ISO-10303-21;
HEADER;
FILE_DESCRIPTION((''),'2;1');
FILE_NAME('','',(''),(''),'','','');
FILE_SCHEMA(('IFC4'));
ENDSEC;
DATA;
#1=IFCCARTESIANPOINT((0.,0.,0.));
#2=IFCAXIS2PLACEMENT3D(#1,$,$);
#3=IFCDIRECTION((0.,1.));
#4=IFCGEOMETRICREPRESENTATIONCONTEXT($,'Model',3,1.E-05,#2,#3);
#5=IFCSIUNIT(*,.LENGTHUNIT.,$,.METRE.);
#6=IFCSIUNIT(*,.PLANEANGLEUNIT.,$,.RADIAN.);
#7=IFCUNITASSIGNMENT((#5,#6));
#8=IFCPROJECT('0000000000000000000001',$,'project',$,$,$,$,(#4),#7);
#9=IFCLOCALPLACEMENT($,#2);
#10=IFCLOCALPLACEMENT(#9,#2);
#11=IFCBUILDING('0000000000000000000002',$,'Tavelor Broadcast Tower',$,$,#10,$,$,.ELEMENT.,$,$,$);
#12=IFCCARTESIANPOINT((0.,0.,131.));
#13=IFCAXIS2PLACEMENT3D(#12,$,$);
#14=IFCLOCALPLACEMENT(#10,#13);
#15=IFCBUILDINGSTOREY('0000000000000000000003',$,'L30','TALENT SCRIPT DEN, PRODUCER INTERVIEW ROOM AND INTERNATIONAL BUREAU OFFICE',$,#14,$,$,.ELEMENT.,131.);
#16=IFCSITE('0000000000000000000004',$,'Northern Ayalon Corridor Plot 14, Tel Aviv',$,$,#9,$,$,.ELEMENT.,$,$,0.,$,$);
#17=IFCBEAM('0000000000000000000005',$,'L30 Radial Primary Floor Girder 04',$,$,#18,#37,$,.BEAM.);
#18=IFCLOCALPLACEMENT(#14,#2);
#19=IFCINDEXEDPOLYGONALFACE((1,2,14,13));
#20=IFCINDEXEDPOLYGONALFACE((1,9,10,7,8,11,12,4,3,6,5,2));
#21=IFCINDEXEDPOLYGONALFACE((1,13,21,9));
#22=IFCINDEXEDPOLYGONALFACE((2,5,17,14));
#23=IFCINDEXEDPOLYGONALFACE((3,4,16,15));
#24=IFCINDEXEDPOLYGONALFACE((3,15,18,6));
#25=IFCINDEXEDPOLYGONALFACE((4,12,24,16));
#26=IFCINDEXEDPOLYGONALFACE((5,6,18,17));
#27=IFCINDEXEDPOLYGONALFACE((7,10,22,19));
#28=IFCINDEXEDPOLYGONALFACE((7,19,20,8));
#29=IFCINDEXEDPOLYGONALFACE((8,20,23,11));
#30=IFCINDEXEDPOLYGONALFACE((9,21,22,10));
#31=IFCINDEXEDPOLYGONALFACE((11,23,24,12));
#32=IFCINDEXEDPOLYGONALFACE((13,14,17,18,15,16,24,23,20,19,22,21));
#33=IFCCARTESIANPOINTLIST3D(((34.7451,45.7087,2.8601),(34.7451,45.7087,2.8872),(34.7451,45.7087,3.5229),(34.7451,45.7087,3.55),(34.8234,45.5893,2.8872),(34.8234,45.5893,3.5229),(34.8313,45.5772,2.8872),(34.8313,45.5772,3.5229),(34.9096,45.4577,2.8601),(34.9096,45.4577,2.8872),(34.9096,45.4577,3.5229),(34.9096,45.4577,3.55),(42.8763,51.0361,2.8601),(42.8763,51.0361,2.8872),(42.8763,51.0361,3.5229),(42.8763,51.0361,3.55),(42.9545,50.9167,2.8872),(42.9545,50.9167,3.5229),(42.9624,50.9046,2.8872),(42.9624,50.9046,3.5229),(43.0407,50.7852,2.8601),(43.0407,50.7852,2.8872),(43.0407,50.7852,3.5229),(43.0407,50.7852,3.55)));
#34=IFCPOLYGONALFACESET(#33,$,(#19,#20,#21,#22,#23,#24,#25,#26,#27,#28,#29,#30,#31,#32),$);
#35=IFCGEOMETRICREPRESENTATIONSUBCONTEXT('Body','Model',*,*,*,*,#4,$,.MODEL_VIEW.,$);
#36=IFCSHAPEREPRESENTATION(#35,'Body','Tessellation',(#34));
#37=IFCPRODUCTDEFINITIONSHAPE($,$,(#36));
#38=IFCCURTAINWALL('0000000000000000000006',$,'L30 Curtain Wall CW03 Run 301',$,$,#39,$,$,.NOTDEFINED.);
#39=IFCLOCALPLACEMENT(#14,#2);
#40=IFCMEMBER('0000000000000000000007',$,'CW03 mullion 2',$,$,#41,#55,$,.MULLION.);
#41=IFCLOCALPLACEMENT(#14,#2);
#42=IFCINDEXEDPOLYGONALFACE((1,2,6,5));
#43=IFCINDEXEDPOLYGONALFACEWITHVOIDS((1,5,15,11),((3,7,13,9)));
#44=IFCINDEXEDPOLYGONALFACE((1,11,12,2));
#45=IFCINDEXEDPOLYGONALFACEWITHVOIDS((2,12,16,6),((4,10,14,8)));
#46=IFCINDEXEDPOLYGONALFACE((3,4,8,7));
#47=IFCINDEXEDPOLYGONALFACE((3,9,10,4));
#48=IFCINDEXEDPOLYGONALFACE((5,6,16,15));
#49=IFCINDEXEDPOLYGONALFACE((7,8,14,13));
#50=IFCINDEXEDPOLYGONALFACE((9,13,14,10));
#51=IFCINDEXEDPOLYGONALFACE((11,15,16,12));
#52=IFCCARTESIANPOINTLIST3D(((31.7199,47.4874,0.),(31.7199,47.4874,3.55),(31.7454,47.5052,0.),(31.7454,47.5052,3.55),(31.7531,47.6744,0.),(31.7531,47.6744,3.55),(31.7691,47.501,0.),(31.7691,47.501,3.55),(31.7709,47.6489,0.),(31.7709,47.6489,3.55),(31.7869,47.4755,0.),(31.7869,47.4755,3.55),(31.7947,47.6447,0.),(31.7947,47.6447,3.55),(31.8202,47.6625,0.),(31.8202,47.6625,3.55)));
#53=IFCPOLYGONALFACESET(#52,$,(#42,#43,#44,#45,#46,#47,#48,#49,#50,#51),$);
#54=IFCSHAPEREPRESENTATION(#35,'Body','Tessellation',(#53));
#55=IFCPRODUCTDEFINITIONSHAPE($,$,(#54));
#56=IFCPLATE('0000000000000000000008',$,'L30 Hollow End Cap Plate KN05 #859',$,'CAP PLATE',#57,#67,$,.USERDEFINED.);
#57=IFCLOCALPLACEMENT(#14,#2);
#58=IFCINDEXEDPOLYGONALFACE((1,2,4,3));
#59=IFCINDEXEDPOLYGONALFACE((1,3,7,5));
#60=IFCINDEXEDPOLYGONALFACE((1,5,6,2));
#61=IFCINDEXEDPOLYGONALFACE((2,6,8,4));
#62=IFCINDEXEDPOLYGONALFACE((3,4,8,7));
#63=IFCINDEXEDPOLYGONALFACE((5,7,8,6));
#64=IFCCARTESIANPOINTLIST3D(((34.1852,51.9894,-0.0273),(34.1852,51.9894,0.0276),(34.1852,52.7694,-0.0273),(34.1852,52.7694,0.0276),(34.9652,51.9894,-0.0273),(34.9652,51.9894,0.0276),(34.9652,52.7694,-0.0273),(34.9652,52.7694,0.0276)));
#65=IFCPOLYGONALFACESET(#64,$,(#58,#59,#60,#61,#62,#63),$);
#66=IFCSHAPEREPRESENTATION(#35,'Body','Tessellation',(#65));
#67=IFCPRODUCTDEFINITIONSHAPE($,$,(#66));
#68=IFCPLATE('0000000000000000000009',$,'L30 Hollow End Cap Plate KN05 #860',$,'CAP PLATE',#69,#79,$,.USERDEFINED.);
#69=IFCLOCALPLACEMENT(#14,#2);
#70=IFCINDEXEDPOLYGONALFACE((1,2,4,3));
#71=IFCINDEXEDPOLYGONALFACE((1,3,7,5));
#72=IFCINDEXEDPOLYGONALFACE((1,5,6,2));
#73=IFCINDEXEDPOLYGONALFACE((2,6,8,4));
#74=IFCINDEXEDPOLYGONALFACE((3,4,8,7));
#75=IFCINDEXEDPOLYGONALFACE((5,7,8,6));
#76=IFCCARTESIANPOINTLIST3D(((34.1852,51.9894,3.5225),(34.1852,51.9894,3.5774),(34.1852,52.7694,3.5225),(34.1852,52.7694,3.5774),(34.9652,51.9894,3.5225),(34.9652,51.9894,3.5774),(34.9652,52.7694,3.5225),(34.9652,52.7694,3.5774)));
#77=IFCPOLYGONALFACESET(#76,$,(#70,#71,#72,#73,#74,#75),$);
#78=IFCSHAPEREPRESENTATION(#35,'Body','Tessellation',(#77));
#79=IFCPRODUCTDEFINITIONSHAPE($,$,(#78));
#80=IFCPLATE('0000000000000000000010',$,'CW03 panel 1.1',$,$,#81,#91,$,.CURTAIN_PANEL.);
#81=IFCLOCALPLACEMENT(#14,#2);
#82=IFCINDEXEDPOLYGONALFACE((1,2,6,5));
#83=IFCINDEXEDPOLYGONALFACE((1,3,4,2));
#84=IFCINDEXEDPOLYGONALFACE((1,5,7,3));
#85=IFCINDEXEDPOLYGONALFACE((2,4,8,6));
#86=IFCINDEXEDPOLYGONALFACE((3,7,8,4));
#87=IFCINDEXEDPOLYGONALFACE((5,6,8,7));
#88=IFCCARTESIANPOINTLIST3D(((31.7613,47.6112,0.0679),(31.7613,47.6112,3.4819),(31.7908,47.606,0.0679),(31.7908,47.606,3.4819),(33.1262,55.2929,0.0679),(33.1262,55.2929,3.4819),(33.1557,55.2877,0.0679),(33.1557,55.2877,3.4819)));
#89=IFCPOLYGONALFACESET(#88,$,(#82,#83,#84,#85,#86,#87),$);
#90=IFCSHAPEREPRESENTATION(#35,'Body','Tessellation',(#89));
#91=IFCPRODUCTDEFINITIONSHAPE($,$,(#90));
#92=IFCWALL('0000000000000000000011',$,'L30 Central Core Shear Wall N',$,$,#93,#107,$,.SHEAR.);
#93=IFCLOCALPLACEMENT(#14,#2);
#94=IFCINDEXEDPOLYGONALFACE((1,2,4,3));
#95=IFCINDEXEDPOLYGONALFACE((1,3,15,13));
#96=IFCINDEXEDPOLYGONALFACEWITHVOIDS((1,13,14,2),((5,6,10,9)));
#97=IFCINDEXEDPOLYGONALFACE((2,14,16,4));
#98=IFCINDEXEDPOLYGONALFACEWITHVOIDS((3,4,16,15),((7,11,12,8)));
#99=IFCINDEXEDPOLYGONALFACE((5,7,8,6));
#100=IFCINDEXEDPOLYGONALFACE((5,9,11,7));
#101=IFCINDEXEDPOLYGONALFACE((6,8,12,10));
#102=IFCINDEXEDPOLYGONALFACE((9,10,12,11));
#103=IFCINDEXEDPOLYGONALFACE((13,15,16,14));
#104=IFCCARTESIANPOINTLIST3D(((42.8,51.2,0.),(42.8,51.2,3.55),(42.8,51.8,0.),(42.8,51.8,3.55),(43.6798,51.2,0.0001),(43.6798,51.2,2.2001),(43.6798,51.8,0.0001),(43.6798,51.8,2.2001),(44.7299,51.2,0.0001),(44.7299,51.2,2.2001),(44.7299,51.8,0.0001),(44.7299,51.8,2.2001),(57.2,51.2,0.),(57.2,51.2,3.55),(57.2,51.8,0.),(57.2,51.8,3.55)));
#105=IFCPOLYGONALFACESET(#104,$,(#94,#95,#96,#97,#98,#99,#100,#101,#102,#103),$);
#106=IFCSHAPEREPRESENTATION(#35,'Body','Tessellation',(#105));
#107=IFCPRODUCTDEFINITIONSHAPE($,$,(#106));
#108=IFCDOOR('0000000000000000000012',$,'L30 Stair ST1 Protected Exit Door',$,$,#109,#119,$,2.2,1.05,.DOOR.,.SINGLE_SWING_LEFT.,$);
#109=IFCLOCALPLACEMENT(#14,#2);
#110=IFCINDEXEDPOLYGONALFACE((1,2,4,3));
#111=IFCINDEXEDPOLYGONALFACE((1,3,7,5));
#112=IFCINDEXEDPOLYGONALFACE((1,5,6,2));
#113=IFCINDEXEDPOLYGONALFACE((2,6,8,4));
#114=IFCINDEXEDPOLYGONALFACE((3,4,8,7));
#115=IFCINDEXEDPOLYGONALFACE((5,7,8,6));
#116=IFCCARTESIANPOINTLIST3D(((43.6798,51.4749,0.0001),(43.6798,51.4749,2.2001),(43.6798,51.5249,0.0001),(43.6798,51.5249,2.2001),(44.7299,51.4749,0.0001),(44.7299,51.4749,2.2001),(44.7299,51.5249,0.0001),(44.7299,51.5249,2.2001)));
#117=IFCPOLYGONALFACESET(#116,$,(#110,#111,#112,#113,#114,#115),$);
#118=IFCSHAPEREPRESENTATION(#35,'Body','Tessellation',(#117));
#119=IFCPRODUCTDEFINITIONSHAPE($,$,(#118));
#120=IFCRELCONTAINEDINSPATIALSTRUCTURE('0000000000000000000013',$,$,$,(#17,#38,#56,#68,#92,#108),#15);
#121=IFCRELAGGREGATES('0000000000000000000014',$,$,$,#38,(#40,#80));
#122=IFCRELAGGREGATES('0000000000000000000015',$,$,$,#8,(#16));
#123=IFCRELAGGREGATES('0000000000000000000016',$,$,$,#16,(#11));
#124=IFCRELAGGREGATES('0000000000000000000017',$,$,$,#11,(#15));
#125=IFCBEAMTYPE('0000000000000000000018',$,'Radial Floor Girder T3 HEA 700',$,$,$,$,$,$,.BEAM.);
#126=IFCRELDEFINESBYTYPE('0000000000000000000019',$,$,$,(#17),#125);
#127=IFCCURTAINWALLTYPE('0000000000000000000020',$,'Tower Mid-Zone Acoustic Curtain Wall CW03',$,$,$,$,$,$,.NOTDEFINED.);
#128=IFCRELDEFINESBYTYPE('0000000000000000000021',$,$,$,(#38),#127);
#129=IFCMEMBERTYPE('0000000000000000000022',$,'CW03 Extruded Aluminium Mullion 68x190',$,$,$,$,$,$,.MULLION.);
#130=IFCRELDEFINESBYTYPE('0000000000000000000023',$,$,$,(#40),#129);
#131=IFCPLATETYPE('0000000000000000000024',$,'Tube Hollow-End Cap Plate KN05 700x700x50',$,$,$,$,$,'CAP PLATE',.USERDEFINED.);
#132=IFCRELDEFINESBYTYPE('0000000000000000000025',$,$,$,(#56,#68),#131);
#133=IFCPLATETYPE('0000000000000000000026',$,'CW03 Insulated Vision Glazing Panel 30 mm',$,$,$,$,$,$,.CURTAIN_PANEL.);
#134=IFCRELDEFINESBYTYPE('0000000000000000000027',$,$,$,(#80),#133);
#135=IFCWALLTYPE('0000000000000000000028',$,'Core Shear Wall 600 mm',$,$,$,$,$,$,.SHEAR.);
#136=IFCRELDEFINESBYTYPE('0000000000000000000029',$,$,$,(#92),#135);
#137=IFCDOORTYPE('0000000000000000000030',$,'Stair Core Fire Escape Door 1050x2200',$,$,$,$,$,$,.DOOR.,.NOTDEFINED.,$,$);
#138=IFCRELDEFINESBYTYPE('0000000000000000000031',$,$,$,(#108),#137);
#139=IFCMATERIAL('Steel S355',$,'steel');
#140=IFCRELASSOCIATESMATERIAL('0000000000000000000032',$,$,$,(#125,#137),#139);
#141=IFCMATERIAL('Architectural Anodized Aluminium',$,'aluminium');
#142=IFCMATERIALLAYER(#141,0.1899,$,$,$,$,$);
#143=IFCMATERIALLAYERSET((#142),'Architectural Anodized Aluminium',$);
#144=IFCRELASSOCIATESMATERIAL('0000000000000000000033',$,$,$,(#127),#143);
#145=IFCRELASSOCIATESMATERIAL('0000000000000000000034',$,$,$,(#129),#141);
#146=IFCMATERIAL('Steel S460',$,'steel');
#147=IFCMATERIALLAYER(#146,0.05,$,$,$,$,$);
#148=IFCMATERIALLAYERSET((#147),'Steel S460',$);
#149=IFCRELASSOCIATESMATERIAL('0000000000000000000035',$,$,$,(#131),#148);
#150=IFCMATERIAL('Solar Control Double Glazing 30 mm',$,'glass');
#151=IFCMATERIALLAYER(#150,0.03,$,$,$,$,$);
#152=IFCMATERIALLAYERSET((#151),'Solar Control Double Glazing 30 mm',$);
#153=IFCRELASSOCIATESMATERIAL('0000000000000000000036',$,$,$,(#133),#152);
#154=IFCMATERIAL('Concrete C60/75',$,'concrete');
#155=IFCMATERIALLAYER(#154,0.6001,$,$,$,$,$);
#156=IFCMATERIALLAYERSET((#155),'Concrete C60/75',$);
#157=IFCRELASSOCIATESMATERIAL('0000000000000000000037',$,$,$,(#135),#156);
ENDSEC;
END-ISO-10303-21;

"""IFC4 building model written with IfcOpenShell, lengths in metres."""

from ifc_helpers import new_model, si_unit, direction, frame, frame_2d, origin, origin_2d, place, context, subcontext, project, spatial, rectangle, hollow_rectangle, i_section, extrude, source, transform, mapped, material, layer, layer_set, material_profile, profile_set, type_object, type_shapes, element, fill, aggregate, save


model = new_model("IFC4")

# Units and contexts
model_context = context("Model", 3, precision=1e-05, world=origin(), true_north=direction((0.0, 1.0)))
body_context = subcontext(model_context, "Body", "Model", "MODEL_VIEW")
ifc_project = project(units=[si_unit("LENGTHUNIT", "METRE"), si_unit("PLANEANGLEUNIT", "RADIAN")], contexts=[model_context])

# Site, building, storey
site_placement = place(None, origin())
site = spatial("IfcSite", under=ifc_project, at=site_placement, Name="Northern Ayalon Corridor Plot 14, Tel Aviv", CompositionType="ELEMENT", RefElevation=0.0)
building_placement = place(site_placement, origin())
building = spatial("IfcBuilding", under=site, at=building_placement, Name="Tavelor Broadcast Tower", CompositionType="ELEMENT")
storey_placement = place(building_placement, frame((0.0, 0.0, 131.0)))
storey = spatial("IfcBuildingStorey", under=building, at=storey_placement, Name="L30", Description="TALENT SCRIPT DEN, PRODUCER INTERVIEW ROOM AND INTERNATIONAL BUREAU OFFICE", CompositionType="ELEMENT", Elevation=131.0)

# Shared definitions
ifc_material_1 = material(Name="Concrete C60/75", Category="concrete")
ifc_material_2 = material(Name="Steel S460", Category="steel")

# Beam
ifc_material_3 = material(Name="Steel S355", Category="steel")
ifc_material_profile_1 = material_profile(ifc_material_3, i_section(OverallWidth=0.3, OverallDepth=0.6899, WebThickness=0.0144, FlangeThickness=0.0271, at=origin_2d()), Name="HEA 700")
ifc_profile_set_1 = profile_set([ifc_material_profile_1], Name="Steel S355")
beam_type_1 = type_object("IfcBeamType", Name="Radial Floor Girder T3 HEA 700", PredefinedType="BEAM", material=ifc_profile_set_1)
beam_1_placement = place(storey_placement, frame((42.9585, 50.9106, 3.2051), z_axis=(-0.836456, -0.548035, 0.0), x_axis=(0.548035, -0.836456, 0.0)))
element("IfcBeam", 1, at=beam_1_placement, inside=storey, type_object=beam_type_1, Name="L30 Radial Primary Floor Girder 04", PredefinedType="BEAM", context=body_context, shape_type="SweptSolid", body=[
    extrude(i_section(OverallWidth=0.3, OverallDepth=0.6899, WebThickness=0.0144, FlangeThickness=0.0271, at=origin_2d()), origin(), (0.0, 0.0, 1.0), 9.7209),
])

# Curtain wall, member
ifc_material_4 = material(Name="Architectural Anodized Aluminium", Category="aluminium")
ifc_layer_1 = layer(ifc_material_4, 0.1899)
ifc_layer_set_1 = layer_set([ifc_layer_1], Name="Architectural Anodized Aluminium")
curtain_wall_type = type_object("IfcCurtainWallType", Name="Tower Mid-Zone Acoustic Curtain Wall CW03", PredefinedType="NOTDEFINED", material=ifc_layer_set_1)
curtain_wall_placement = place(storey_placement, origin())
curtain_wall = element("IfcCurtainWall", 2, at=curtain_wall_placement, inside=storey, type_object=curtain_wall_type, Name="L30 Curtain Wall CW03 Run 301", PredefinedType="NOTDEFINED")
ifc_material_profile_2 = material_profile(ifc_material_4, hollow_rectangle(XDim=0.0681, YDim=0.1899, WallThickness=0.022, at=origin_2d()), Name="RHS 68x190x22")
ifc_profile_set_2 = profile_set([ifc_material_profile_2], Name="Architectural Anodized Aluminium")
member_type = type_object("IfcMemberType", Name="CW03 Extruded Aluminium Mullion 68x190", PredefinedType="MULLION", material=ifc_profile_set_2)
shared_shape_1 = source(origin(), body_context, "Body", "SweptSolid", [
    extrude(hollow_rectangle(XDim=0.0681, YDim=0.1899, WallThickness=0.022, at=origin_2d()), origin(), (0.0, 0.0, 1.0), 3.55),
])
type_shapes(member_type, [shared_shape_1])
member_placement = place(storey_placement, frame((31.77, 47.575, 0.0), z_axis=(0.0, 0.0, 1.0), x_axis=(0.984579, -0.174941, 0.0)))
member = element("IfcMember", 3, at=member_placement, type_object=member_type, Name="CW03 mullion 2", PredefinedType="MULLION", context=body_context, shape_type="MappedRepresentation", body=[
    mapped(shared_shape_1, transform((0.0, 0.0, 0.0), scale=1.0)),
])

# Plates
ifc_layer_2 = layer(ifc_material_2, 0.05)
ifc_layer_set_2 = layer_set([ifc_layer_2], Name="Steel S460")
plate_type_1 = type_object("IfcPlateType", Name="Tube Hollow-End Cap Plate KN05 700x700x50", ElementType="CAP PLATE", PredefinedType="USERDEFINED", material=ifc_layer_set_2)
shared_shape_2 = source(origin(), body_context, "Body", "SweptSolid", [
    extrude(rectangle(XDim=0.78, YDim=0.78, at=origin_2d()), origin(), (0.0, 0.0, 1.0), 0.0549),
])
type_shapes(plate_type_1, [shared_shape_2])
for number, where, z_axis, x_axis, name in (
    (4, (34.5752, 52.3794, -0.0273), (0.0, 0.0, 1.0), (1.0, 0.0, 0.0), "L30 Hollow End Cap Plate KN05 #859"),
    (5, (34.5752, 52.3794, 3.5225), (0.0, 0.0, 1.0), (1.0, 0.0, 0.0), "L30 Hollow End Cap Plate KN05 #860"),
):
    element("IfcPlate", number, at=place(storey_placement, frame(where, z_axis=z_axis, x_axis=x_axis)), inside=storey, type_object=plate_type_1, Name=name, ObjectType="CAP PLATE", PredefinedType="USERDEFINED", context=body_context, shape_type="MappedRepresentation", body=[
        mapped(shared_shape_2, transform((0.0, 0.0, 0.0), scale=1.0)),
    ])

# Plate
ifc_material_5 = material(Name="Solar Control Double Glazing 30 mm", Category="glass")
ifc_layer_3 = layer(ifc_material_5, 0.03)
ifc_layer_set_3 = layer_set([ifc_layer_3], Name="Solar Control Double Glazing 30 mm")
plate_type_2 = type_object("IfcPlateType", Name="CW03 Insulated Vision Glazing Panel 30 mm", PredefinedType="CURTAIN_PANEL", material=ifc_layer_set_3)
shared_shape_3 = source(origin(), body_context, "Body", "SweptSolid", [
    extrude(rectangle(XDim=7.802, YDim=0.03, at=origin_2d()), origin(), (0.0, 0.0, 1.0), 3.4141),
])
type_shapes(plate_type_2, [shared_shape_3])
plate_placement = place(storey_placement, frame((32.4585, 51.4495, 0.0679), z_axis=(0.0, 0.0, 1.0), x_axis=(-0.174941, -0.984579, 0.0)))
plate = element("IfcPlate", 6, at=plate_placement, type_object=plate_type_2, Name="CW03 panel 1.1", PredefinedType="CURTAIN_PANEL", context=body_context, shape_type="MappedRepresentation", body=[
    mapped(shared_shape_3, transform((0.0, 0.0, 0.0), scale=1.0)),
])
aggregate(curtain_wall, [member, plate])

# Wall, opening, door
ifc_layer_4 = layer(ifc_material_1, 0.6001)
ifc_layer_set_4 = layer_set([ifc_layer_4], Name="Concrete C60/75")
wall_type_1 = type_object("IfcWallType", Name="Core Shear Wall 600 mm", PredefinedType="SHEAR", material=ifc_layer_set_4)
wall_1_placement = place(storey_placement, frame((42.8, 51.5, 0.0), z_axis=(0.0, 0.0, 1.0), x_axis=(1.0, 0.0, 0.0)))
wall_1 = element("IfcWall", 7, at=wall_1_placement, inside=storey, type_object=wall_type_1, Name="L30 Central Core Shear Wall N", PredefinedType="SHEAR", context=body_context, shape_type="SweptSolid", body=[
    extrude(rectangle(XDim=14.3999, YDim=0.6001, at=frame_2d((7.2, 0.0))), origin(), (0.0, 0.0, 1.0), 3.55),
])
opening_1_placement = place(wall_1_placement, frame((0.8799, 0.0, 0.0)))
opening_1 = element("IfcOpeningElement", 8, at=opening_1_placement, cuts=wall_1, PredefinedType="OPENING", context=body_context, shape_type="SweptSolid", body=[
    extrude(rectangle(XDim=1.05, YDim=2.2, at=frame_2d((0.5249, 1.1001))), frame((0.0, 0.3101, 0.0), z_axis=(0.0, -1.0, 0.0), x_axis=(1.0, 0.0, 0.0)), (0.0, 0.0, 1.0), 0.6201),
])
door_type_1 = type_object("IfcDoorType", Name="Stair Core Fire Escape Door 1050x2200", OperationType="NOTDEFINED", PredefinedType="DOOR", material=ifc_material_3)
door_1_placement = place(opening_1_placement, origin())
door_1 = element("IfcDoor", 9, at=door_1_placement, inside=storey, type_object=door_type_1, Name="L30 Stair ST1 Protected Exit Door", OperationType="SINGLE_SWING_LEFT", OverallHeight=2.2, OverallWidth=1.05, PredefinedType="DOOR", context=body_context, shape_type="SweptSolid", body=[
    extrude(rectangle(XDim=1.05, YDim=2.2, at=frame_2d((0.5249, 1.1001))), frame((0.0, 0.0249, 0.0), z_axis=(0.0, -1.0, 0.0), x_axis=(1.0, 0.0, 0.0)), (0.0, 0.0, 1.0), 0.05),
])
fill(opening_1, door_1)

save(model, "model.ifc")
